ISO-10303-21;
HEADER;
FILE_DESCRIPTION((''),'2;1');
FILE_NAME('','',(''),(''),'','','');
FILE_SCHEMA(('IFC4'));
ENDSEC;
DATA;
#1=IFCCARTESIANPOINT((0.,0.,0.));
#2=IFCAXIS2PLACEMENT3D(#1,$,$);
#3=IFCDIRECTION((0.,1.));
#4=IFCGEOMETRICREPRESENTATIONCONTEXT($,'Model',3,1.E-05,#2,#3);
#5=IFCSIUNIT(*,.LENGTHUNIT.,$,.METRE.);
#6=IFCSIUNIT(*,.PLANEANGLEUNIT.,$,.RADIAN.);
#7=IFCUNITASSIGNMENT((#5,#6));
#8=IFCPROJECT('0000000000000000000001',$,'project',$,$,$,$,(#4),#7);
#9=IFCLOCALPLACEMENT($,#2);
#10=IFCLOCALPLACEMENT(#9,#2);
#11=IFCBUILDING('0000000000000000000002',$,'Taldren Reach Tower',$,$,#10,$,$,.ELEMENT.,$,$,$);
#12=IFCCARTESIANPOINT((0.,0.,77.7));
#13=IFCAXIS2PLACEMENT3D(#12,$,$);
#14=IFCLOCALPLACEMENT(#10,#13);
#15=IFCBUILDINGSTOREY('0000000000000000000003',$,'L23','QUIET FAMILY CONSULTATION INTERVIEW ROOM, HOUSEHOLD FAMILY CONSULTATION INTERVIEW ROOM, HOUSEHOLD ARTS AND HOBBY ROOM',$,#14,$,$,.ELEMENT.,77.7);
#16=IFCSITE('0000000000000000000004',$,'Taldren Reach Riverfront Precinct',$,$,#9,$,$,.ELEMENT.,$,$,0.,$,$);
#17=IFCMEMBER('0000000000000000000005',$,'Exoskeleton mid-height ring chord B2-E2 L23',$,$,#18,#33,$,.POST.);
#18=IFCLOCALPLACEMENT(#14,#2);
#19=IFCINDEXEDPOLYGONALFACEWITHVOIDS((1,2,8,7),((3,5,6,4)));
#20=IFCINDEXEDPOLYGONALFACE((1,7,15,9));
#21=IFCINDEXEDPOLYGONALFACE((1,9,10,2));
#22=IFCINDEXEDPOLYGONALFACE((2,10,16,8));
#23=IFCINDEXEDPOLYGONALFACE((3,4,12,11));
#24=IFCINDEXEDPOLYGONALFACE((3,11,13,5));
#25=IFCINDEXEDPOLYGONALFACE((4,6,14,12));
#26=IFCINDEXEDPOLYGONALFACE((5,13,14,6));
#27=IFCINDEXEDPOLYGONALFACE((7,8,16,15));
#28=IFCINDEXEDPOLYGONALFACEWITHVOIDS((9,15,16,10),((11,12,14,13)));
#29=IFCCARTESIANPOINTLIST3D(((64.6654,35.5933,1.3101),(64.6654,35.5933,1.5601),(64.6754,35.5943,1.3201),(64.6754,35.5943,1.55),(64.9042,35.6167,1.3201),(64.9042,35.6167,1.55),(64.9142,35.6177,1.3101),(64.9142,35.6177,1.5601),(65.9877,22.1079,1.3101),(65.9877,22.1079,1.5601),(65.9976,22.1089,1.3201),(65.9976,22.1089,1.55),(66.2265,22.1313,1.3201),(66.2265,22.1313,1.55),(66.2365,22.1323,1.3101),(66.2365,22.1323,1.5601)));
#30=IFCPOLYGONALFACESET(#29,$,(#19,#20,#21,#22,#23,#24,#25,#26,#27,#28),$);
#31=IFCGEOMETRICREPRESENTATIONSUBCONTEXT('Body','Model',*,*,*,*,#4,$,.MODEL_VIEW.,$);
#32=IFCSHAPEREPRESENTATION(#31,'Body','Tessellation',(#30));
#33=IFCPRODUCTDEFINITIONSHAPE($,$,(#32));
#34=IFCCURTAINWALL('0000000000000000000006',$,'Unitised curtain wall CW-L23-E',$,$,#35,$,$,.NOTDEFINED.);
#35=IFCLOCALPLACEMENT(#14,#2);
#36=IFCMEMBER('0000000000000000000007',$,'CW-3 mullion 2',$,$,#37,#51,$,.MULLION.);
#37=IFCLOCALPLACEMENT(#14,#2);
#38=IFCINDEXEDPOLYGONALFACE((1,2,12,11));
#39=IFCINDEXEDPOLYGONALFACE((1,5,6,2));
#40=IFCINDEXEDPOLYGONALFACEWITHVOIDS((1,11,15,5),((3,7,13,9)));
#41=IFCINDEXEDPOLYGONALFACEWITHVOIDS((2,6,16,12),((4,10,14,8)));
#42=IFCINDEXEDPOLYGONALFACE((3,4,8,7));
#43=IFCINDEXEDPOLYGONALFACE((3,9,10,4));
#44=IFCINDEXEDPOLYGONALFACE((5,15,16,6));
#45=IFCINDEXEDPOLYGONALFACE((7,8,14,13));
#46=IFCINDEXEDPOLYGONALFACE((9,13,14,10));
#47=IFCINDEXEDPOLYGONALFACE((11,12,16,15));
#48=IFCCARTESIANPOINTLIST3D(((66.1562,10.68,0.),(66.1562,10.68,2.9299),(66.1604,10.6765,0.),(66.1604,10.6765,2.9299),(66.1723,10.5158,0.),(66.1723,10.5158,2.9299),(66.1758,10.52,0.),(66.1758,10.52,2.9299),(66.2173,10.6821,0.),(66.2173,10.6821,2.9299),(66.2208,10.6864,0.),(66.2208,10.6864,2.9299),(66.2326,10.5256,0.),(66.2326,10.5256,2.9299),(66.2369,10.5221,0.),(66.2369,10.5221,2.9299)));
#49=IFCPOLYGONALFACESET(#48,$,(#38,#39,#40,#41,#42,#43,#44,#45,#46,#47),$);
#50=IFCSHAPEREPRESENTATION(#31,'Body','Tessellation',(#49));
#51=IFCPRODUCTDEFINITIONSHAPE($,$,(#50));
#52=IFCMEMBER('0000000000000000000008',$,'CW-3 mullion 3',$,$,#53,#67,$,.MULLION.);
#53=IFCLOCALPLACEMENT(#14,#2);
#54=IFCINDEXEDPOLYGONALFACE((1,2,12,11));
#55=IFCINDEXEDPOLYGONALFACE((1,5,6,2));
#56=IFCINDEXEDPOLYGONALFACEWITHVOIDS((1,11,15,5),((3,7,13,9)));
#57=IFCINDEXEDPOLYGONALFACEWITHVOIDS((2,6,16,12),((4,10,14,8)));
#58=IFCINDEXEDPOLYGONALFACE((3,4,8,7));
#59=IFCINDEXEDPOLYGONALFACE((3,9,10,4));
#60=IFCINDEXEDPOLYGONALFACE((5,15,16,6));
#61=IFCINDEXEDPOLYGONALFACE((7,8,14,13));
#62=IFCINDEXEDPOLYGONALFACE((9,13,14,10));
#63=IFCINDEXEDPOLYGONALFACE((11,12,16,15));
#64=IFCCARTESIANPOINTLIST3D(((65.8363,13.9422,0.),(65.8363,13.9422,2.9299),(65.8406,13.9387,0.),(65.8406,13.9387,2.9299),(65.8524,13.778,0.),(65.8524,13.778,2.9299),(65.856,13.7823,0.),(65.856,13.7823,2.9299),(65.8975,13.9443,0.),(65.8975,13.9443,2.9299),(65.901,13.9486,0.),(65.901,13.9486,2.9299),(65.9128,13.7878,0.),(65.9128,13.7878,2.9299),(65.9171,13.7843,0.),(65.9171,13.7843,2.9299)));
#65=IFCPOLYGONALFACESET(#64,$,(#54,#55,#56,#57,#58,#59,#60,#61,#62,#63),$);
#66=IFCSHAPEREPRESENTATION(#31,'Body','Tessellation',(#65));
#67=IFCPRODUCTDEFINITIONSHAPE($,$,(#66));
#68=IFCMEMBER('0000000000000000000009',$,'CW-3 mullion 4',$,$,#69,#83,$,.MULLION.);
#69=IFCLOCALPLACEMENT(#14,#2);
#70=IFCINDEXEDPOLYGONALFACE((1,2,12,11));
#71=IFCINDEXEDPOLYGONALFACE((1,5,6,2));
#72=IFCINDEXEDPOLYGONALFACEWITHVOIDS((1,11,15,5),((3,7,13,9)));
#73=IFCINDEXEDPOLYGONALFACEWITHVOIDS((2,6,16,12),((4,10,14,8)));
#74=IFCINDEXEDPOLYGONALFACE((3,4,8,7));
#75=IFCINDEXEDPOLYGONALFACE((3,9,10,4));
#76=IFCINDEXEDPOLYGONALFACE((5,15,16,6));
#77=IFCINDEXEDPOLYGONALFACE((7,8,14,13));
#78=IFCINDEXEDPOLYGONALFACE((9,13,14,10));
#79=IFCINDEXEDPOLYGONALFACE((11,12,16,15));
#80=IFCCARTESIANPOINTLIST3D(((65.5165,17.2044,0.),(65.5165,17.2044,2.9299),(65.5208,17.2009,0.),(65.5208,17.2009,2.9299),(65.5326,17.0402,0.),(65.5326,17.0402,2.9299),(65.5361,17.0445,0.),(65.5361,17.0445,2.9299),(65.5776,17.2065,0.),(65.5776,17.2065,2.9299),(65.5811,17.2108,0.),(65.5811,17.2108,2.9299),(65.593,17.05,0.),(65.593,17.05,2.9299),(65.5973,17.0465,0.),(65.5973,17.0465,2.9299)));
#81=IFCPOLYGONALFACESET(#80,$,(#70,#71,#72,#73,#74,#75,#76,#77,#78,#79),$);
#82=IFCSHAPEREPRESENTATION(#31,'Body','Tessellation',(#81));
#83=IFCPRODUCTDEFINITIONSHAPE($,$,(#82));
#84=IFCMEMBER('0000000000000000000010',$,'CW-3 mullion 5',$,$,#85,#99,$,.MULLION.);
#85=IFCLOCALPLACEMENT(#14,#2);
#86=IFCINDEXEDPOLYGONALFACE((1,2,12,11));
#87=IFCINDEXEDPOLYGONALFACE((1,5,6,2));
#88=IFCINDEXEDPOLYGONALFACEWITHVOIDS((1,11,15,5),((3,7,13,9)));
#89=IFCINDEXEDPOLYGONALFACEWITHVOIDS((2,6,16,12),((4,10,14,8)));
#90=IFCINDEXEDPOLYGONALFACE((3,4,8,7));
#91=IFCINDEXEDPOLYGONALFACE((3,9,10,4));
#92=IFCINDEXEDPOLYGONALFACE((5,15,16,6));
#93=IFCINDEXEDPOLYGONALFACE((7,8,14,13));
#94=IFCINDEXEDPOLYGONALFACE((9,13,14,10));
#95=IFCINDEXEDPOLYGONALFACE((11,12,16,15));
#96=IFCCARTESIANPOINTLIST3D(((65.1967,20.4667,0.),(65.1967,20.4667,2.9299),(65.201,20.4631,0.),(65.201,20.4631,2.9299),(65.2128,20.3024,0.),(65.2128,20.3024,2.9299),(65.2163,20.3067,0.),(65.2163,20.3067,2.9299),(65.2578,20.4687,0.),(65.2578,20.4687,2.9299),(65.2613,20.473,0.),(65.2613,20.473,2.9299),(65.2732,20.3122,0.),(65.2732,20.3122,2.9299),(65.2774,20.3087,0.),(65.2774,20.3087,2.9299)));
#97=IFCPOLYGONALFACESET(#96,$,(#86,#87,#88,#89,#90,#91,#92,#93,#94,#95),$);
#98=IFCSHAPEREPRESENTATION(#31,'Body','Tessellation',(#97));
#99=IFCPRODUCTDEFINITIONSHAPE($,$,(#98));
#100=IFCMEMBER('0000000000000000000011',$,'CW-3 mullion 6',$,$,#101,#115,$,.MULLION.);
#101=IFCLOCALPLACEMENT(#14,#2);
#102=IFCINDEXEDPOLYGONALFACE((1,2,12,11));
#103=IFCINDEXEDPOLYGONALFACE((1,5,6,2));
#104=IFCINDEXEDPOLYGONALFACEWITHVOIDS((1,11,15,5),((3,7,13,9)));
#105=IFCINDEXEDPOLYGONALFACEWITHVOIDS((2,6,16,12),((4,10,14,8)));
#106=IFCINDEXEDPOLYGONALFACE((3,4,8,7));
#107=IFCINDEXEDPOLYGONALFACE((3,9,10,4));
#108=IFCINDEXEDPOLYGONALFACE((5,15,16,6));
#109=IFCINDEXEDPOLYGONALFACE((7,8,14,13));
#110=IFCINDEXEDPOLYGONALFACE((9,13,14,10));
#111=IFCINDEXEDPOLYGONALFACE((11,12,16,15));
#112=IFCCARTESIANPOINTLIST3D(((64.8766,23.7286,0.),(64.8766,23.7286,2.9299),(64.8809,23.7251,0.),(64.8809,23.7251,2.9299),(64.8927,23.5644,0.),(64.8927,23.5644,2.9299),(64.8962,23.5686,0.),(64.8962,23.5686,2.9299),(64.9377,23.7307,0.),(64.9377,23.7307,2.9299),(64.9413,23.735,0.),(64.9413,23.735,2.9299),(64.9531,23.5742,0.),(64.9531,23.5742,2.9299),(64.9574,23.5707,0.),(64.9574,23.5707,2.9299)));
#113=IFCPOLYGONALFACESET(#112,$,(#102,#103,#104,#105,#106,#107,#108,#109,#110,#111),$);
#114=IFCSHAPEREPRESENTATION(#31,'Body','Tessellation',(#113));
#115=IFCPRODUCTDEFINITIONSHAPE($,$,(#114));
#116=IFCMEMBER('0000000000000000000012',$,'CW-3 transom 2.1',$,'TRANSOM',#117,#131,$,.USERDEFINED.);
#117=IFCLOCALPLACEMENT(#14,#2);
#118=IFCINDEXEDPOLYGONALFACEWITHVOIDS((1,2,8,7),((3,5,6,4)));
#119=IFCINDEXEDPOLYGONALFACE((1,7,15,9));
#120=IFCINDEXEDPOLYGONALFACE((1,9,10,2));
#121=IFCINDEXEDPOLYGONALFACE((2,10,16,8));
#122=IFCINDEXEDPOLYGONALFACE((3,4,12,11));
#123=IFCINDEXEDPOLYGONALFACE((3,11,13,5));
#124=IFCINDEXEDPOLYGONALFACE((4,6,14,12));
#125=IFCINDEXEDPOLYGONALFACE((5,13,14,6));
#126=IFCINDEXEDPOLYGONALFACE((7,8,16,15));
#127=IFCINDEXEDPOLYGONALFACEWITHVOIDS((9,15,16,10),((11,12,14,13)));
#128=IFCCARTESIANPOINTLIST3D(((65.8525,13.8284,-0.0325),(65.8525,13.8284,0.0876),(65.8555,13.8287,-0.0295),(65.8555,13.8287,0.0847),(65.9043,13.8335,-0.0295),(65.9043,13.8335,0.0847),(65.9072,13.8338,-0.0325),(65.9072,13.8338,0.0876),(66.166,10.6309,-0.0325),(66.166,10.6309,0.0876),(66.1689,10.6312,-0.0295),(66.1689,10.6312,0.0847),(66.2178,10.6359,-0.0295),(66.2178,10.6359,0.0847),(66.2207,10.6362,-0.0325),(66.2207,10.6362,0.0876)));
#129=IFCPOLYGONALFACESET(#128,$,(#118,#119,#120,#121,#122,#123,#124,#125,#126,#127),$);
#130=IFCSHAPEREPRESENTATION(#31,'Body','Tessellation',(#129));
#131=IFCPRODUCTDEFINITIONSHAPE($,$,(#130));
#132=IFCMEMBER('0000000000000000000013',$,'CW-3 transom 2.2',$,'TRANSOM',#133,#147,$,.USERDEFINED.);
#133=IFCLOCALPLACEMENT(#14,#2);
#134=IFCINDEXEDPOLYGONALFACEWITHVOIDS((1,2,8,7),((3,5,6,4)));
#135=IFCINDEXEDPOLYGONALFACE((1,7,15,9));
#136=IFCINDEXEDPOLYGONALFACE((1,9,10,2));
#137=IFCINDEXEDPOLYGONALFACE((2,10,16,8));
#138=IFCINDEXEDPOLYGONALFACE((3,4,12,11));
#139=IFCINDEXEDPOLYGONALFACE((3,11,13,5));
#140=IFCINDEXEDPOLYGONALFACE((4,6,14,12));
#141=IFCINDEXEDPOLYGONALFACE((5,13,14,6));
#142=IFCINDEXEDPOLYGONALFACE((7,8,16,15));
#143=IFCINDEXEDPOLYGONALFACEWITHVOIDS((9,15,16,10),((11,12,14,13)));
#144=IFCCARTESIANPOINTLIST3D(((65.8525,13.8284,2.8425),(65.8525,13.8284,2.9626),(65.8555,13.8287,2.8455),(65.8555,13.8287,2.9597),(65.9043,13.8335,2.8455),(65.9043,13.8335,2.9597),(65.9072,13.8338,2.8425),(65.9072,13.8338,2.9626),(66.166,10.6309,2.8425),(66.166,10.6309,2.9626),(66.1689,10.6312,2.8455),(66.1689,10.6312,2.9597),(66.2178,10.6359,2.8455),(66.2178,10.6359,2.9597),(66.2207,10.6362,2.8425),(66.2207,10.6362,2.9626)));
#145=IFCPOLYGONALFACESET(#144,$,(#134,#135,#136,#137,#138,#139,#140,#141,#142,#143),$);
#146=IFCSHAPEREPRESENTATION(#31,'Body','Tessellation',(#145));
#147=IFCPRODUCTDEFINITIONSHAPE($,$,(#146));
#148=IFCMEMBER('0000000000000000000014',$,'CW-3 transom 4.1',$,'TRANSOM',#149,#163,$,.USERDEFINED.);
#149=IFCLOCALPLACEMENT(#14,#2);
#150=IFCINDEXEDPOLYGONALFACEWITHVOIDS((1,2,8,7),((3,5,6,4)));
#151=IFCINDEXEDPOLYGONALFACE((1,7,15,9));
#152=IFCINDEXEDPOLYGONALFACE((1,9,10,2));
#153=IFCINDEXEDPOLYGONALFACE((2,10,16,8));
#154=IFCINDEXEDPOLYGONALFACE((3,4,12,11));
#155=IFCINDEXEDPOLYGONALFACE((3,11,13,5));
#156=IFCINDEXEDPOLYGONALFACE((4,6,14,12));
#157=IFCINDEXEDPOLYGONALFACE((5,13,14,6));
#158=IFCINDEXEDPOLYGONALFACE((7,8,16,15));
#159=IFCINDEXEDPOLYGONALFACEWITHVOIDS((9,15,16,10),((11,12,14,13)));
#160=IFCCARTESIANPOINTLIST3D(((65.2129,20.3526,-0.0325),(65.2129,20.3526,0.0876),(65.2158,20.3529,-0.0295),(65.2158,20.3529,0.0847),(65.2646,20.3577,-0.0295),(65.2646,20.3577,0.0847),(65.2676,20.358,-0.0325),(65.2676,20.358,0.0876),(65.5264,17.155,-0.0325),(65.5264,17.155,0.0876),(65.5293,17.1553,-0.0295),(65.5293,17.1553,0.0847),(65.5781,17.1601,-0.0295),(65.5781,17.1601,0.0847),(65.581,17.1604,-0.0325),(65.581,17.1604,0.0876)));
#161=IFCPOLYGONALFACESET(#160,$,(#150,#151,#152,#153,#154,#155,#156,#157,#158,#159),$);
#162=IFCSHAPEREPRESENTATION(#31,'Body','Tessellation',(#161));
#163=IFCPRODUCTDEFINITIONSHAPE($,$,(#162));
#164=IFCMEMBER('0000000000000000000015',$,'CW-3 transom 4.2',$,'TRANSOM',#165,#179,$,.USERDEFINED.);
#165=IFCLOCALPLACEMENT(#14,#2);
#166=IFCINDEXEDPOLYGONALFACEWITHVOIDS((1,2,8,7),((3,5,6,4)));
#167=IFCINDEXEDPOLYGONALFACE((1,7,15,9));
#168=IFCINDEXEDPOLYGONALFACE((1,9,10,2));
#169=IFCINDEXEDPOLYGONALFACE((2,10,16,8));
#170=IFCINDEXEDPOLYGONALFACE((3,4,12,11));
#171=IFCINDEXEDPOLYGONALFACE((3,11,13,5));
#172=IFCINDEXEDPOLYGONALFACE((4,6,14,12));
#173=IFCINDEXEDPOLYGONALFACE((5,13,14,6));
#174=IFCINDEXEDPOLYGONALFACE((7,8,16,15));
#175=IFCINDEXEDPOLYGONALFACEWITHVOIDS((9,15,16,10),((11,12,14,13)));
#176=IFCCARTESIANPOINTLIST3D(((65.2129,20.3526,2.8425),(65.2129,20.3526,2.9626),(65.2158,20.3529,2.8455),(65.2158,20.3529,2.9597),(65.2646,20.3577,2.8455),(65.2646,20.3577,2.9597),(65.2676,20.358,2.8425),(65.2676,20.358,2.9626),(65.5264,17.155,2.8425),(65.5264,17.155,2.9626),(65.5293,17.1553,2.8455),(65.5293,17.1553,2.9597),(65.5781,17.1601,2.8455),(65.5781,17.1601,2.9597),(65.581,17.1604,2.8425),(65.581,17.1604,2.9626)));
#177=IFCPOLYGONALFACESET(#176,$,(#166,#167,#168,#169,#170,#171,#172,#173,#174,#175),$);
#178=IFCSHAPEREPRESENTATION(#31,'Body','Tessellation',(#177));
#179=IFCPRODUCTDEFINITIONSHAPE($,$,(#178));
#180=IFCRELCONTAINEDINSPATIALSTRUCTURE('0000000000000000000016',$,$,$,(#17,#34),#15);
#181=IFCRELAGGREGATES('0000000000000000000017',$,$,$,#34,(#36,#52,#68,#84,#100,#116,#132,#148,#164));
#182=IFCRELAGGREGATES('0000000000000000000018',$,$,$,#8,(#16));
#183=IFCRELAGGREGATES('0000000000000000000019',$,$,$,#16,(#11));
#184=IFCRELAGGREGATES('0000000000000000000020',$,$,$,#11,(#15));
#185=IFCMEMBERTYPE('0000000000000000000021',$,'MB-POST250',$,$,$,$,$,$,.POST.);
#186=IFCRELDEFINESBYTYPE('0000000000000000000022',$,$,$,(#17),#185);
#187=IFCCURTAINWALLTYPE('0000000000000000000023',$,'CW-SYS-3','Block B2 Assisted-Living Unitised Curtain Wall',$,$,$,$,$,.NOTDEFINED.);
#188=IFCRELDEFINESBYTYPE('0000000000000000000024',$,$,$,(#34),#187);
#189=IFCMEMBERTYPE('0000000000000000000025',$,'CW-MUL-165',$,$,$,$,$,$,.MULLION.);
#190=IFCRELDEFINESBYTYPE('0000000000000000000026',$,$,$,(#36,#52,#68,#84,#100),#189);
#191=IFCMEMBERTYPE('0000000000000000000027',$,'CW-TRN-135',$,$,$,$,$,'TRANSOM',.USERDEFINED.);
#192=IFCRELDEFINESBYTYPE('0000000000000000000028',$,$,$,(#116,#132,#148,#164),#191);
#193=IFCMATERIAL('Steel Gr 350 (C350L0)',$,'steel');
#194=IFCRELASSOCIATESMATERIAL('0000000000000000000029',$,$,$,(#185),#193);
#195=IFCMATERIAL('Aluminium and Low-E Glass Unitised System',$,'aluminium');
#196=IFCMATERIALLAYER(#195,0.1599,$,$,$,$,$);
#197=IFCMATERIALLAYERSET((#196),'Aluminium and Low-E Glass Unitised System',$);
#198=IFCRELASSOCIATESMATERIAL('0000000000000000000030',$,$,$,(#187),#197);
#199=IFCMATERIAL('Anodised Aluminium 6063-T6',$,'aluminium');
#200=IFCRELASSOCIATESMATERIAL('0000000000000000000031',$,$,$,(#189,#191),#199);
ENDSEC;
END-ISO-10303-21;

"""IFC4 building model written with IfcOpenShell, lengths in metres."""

from ifc_helpers import new_model, si_unit, direction, frame, origin, origin_2d, place, context, subcontext, project, spatial, hollow_rectangle, extrude, source, transform, mapped, material, layer, layer_set, material_profile, profile_set, type_object, element, aggregate, save


model = new_model("IFC4")

# Units and contexts
model_context = context("Model", 3, precision=1e-05, world=origin(), true_north=direction((0.0, 1.0)))
body_context = subcontext(model_context, "Body", "Model", "MODEL_VIEW")
ifc_project = project(units=[si_unit("LENGTHUNIT", "METRE"), si_unit("PLANEANGLEUNIT", "RADIAN")], contexts=[model_context])

# Site, building, storey
site_placement = place(None, origin())
site = spatial("IfcSite", under=ifc_project, at=site_placement, Name="Taldren Reach Riverfront Precinct", CompositionType="ELEMENT", RefElevation=0.0)
building_placement = place(site_placement, origin())
building = spatial("IfcBuilding", under=site, at=building_placement, Name="Taldren Reach Tower", CompositionType="ELEMENT")
storey_placement = place(building_placement, frame((0.0, 0.0, 77.7)))
storey = spatial("IfcBuildingStorey", under=building, at=storey_placement, Name="L23", Description="QUIET FAMILY CONSULTATION INTERVIEW ROOM, HOUSEHOLD FAMILY CONSULTATION INTERVIEW ROOM, HOUSEHOLD ARTS AND HOBBY ROOM", CompositionType="ELEMENT", Elevation=77.7)

# Shared definitions
ifc_material_1 = material(Name="Steel Gr 350 (C350L0)", Category="steel")
ifc_material_profile_1 = material_profile(ifc_material_1, hollow_rectangle(XDim=0.25, YDim=0.25, WallThickness=0.01, at=origin_2d()), Name="250x250x10.0SHS")
ifc_profile_set_1 = profile_set([ifc_material_profile_1], Name="Steel Gr 350 (C350L0)")
member_type_1 = type_object("IfcMemberType", Name="MB-POST250", PredefinedType="POST", material=ifc_profile_set_1)

# Member
shared_shape_1 = source(origin(), body_context, "Body", "SweptSolid", [
    extrude(hollow_rectangle(XDim=0.25, YDim=0.25, WallThickness=0.01, at=origin_2d()), origin(), (0.0, 0.0, 1.0), 13.55),
])
member_1_placement = place(storey_placement, frame((66.1121, 22.1201, 1.4351), z_axis=(-0.097584, 0.995227, 0.0), x_axis=(-0.995227, -0.097584, 0.0)))
element("IfcMember", 1, at=member_1_placement, inside=storey, type_object=member_type_1, Name="Exoskeleton mid-height ring chord B2-E2 L23", PredefinedType="POST", context=body_context, shape_type="MappedRepresentation", body=[
    mapped(shared_shape_1, transform((0.0, 0.0, 0.0), scale=1.0)),
])

# Curtain wall, members
ifc_material_2 = material(Name="Aluminium and Low-E Glass Unitised System", Category="aluminium")
ifc_layer_1 = layer(ifc_material_2, 0.1599)
ifc_layer_set_1 = layer_set([ifc_layer_1], Name="Aluminium and Low-E Glass Unitised System")
curtain_wall_type = type_object("IfcCurtainWallType", Name="CW-SYS-3", Description="Block B2 Assisted-Living Unitised Curtain Wall", PredefinedType="NOTDEFINED", material=ifc_layer_set_1)
curtain_wall_placement = place(storey_placement, origin())
curtain_wall = element("IfcCurtainWall", 2, at=curtain_wall_placement, inside=storey, type_object=curtain_wall_type, Name="Unitised curtain wall CW-L23-E", PredefinedType="NOTDEFINED")
ifc_material_3 = material(Name="Anodised Aluminium 6063-T6", Category="aluminium")
ifc_material_profile_2 = material_profile(ifc_material_3, hollow_rectangle(XDim=0.0649, YDim=0.165, WallThickness=0.0039, at=origin_2d()), Name="ALU-165x65x4RHS")
ifc_profile_set_2 = profile_set([ifc_material_profile_2], Name="Anodised Aluminium 6063-T6")
member_type_2 = type_object("IfcMemberType", Name="CW-MUL-165", PredefinedType="MULLION", material=ifc_profile_set_2)
shared_shape_2 = source(origin(), body_context, "Body", "SweptSolid", [
    extrude(hollow_rectangle(XDim=0.0649, YDim=0.165, WallThickness=0.0039, at=origin_2d()), origin(), (0.0, 0.0, 1.0), 2.9299),
])
member_2_placement = place(storey_placement, frame((66.1965, 10.6011, 0.0), z_axis=(0.0, 0.0, 1.0), x_axis=(-0.995227, -0.097583, 0.0)))
member_2 = element("IfcMember", 3, at=member_2_placement, type_object=member_type_2, Name="CW-3 mullion 2", PredefinedType="MULLION", context=body_context, shape_type="MappedRepresentation", body=[
    mapped(shared_shape_2, transform((0.0, 0.0, 0.0), scale=1.0)),
])
member_3_placement = place(storey_placement, frame((65.8767, 13.8633, 0.0), z_axis=(0.0, 0.0, 1.0), x_axis=(-0.995227, -0.097583, 0.0)))
member_3 = element("IfcMember", 4, at=member_3_placement, type_object=member_type_2, Name="CW-3 mullion 3", PredefinedType="MULLION", context=body_context, shape_type="MappedRepresentation", body=[
    mapped(shared_shape_2, transform((0.0, 0.0, 0.0), scale=1.0)),
])
member_4_placement = place(storey_placement, frame((65.5569, 17.1255, 0.0), z_axis=(0.0, 0.0, 1.0), x_axis=(-0.995227, -0.097583, 0.0)))
member_4 = element("IfcMember", 5, at=member_4_placement, type_object=member_type_2, Name="CW-3 mullion 4", PredefinedType="MULLION", context=body_context, shape_type="MappedRepresentation", body=[
    mapped(shared_shape_2, transform((0.0, 0.0, 0.0), scale=1.0)),
])
member_5_placement = place(storey_placement, frame((65.2371, 20.3877, 0.0), z_axis=(0.0, 0.0, 1.0), x_axis=(-0.995227, -0.097583, 0.0)))
member_5 = element("IfcMember", 6, at=member_5_placement, type_object=member_type_2, Name="CW-3 mullion 5", PredefinedType="MULLION", context=body_context, shape_type="MappedRepresentation", body=[
    mapped(shared_shape_2, transform((0.0, 0.0, 0.0), scale=1.0)),
])
member_6_placement = place(storey_placement, frame((64.917, 23.6497, 0.0), z_axis=(0.0, 0.0, 1.0), x_axis=(-0.995227, -0.097583, 0.0)))
member_6 = element("IfcMember", 7, at=member_6_placement, type_object=member_type_2, Name="CW-3 mullion 6", PredefinedType="MULLION", context=body_context, shape_type="MappedRepresentation", body=[
    mapped(shared_shape_2, transform((0.0, 0.0, 0.0), scale=1.0)),
])
ifc_material_profile_3 = material_profile(ifc_material_3, hollow_rectangle(XDim=0.0549, YDim=0.1201, WallThickness=0.0029, at=origin_2d()), Name="ALU-120x55x3RHS")
ifc_profile_set_3 = profile_set([ifc_material_profile_3], Name="Anodised Aluminium 6063-T6")
member_type_3 = type_object("IfcMemberType", Name="CW-TRN-135", ElementType="TRANSOM", PredefinedType="USERDEFINED", material=ifc_profile_set_3)
shared_shape_3 = source(origin(), body_context, "Body", "SweptSolid", [
    extrude(hollow_rectangle(XDim=0.0549, YDim=0.1201, WallThickness=0.0029, at=origin_2d()), origin(), (0.0, 0.0, 1.0), 3.2129),
])
member_7_placement = place(storey_placement, frame((66.1934, 10.6335, 0.0276), z_axis=(-0.09757, 0.995229, 0.0), x_axis=(-0.995229, -0.09757, 0.0)))
member_7 = element("IfcMember", 8, at=member_7_placement, type_object=member_type_3, Name="CW-3 transom 2.1", ObjectType="TRANSOM", PredefinedType="USERDEFINED", context=body_context, shape_type="MappedRepresentation", body=[
    mapped(shared_shape_3, transform((0.0, 0.0, 0.0), scale=1.0)),
])
member_8_placement = place(storey_placement, frame((66.1934, 10.6335, 2.9026), z_axis=(-0.09757, 0.995229, 0.0), x_axis=(-0.995229, -0.09757, 0.0)))
member_8 = element("IfcMember", 9, at=member_8_placement, type_object=member_type_3, Name="CW-3 transom 2.2", ObjectType="TRANSOM", PredefinedType="USERDEFINED", context=body_context, shape_type="MappedRepresentation", body=[
    mapped(shared_shape_3, transform((0.0, 0.0, 0.0), scale=1.0)),
])
member_9_placement = place(storey_placement, frame((65.5537, 17.1577, 0.0276), z_axis=(-0.09757, 0.995229, 0.0), x_axis=(-0.995229, -0.09757, 0.0)))
member_9 = element("IfcMember", 10, at=member_9_placement, type_object=member_type_3, Name="CW-3 transom 4.1", ObjectType="TRANSOM", PredefinedType="USERDEFINED", context=body_context, shape_type="MappedRepresentation", body=[
    mapped(shared_shape_3, transform((0.0, 0.0, 0.0), scale=1.0)),
])
member_10_placement = place(storey_placement, frame((65.5537, 17.1577, 2.9026), z_axis=(-0.09757, 0.995229, 0.0), x_axis=(-0.995229, -0.09757, 0.0)))
member_10 = element("IfcMember", 11, at=member_10_placement, type_object=member_type_3, Name="CW-3 transom 4.2", ObjectType="TRANSOM", PredefinedType="USERDEFINED", context=body_context, shape_type="MappedRepresentation", body=[
    mapped(shared_shape_3, transform((0.0, 0.0, 0.0), scale=1.0)),
])

aggregate(curtain_wall, [member_2, member_3, member_4, member_5, member_6, member_7, member_8, member_9, member_10])

save(model, "model.ifc")
